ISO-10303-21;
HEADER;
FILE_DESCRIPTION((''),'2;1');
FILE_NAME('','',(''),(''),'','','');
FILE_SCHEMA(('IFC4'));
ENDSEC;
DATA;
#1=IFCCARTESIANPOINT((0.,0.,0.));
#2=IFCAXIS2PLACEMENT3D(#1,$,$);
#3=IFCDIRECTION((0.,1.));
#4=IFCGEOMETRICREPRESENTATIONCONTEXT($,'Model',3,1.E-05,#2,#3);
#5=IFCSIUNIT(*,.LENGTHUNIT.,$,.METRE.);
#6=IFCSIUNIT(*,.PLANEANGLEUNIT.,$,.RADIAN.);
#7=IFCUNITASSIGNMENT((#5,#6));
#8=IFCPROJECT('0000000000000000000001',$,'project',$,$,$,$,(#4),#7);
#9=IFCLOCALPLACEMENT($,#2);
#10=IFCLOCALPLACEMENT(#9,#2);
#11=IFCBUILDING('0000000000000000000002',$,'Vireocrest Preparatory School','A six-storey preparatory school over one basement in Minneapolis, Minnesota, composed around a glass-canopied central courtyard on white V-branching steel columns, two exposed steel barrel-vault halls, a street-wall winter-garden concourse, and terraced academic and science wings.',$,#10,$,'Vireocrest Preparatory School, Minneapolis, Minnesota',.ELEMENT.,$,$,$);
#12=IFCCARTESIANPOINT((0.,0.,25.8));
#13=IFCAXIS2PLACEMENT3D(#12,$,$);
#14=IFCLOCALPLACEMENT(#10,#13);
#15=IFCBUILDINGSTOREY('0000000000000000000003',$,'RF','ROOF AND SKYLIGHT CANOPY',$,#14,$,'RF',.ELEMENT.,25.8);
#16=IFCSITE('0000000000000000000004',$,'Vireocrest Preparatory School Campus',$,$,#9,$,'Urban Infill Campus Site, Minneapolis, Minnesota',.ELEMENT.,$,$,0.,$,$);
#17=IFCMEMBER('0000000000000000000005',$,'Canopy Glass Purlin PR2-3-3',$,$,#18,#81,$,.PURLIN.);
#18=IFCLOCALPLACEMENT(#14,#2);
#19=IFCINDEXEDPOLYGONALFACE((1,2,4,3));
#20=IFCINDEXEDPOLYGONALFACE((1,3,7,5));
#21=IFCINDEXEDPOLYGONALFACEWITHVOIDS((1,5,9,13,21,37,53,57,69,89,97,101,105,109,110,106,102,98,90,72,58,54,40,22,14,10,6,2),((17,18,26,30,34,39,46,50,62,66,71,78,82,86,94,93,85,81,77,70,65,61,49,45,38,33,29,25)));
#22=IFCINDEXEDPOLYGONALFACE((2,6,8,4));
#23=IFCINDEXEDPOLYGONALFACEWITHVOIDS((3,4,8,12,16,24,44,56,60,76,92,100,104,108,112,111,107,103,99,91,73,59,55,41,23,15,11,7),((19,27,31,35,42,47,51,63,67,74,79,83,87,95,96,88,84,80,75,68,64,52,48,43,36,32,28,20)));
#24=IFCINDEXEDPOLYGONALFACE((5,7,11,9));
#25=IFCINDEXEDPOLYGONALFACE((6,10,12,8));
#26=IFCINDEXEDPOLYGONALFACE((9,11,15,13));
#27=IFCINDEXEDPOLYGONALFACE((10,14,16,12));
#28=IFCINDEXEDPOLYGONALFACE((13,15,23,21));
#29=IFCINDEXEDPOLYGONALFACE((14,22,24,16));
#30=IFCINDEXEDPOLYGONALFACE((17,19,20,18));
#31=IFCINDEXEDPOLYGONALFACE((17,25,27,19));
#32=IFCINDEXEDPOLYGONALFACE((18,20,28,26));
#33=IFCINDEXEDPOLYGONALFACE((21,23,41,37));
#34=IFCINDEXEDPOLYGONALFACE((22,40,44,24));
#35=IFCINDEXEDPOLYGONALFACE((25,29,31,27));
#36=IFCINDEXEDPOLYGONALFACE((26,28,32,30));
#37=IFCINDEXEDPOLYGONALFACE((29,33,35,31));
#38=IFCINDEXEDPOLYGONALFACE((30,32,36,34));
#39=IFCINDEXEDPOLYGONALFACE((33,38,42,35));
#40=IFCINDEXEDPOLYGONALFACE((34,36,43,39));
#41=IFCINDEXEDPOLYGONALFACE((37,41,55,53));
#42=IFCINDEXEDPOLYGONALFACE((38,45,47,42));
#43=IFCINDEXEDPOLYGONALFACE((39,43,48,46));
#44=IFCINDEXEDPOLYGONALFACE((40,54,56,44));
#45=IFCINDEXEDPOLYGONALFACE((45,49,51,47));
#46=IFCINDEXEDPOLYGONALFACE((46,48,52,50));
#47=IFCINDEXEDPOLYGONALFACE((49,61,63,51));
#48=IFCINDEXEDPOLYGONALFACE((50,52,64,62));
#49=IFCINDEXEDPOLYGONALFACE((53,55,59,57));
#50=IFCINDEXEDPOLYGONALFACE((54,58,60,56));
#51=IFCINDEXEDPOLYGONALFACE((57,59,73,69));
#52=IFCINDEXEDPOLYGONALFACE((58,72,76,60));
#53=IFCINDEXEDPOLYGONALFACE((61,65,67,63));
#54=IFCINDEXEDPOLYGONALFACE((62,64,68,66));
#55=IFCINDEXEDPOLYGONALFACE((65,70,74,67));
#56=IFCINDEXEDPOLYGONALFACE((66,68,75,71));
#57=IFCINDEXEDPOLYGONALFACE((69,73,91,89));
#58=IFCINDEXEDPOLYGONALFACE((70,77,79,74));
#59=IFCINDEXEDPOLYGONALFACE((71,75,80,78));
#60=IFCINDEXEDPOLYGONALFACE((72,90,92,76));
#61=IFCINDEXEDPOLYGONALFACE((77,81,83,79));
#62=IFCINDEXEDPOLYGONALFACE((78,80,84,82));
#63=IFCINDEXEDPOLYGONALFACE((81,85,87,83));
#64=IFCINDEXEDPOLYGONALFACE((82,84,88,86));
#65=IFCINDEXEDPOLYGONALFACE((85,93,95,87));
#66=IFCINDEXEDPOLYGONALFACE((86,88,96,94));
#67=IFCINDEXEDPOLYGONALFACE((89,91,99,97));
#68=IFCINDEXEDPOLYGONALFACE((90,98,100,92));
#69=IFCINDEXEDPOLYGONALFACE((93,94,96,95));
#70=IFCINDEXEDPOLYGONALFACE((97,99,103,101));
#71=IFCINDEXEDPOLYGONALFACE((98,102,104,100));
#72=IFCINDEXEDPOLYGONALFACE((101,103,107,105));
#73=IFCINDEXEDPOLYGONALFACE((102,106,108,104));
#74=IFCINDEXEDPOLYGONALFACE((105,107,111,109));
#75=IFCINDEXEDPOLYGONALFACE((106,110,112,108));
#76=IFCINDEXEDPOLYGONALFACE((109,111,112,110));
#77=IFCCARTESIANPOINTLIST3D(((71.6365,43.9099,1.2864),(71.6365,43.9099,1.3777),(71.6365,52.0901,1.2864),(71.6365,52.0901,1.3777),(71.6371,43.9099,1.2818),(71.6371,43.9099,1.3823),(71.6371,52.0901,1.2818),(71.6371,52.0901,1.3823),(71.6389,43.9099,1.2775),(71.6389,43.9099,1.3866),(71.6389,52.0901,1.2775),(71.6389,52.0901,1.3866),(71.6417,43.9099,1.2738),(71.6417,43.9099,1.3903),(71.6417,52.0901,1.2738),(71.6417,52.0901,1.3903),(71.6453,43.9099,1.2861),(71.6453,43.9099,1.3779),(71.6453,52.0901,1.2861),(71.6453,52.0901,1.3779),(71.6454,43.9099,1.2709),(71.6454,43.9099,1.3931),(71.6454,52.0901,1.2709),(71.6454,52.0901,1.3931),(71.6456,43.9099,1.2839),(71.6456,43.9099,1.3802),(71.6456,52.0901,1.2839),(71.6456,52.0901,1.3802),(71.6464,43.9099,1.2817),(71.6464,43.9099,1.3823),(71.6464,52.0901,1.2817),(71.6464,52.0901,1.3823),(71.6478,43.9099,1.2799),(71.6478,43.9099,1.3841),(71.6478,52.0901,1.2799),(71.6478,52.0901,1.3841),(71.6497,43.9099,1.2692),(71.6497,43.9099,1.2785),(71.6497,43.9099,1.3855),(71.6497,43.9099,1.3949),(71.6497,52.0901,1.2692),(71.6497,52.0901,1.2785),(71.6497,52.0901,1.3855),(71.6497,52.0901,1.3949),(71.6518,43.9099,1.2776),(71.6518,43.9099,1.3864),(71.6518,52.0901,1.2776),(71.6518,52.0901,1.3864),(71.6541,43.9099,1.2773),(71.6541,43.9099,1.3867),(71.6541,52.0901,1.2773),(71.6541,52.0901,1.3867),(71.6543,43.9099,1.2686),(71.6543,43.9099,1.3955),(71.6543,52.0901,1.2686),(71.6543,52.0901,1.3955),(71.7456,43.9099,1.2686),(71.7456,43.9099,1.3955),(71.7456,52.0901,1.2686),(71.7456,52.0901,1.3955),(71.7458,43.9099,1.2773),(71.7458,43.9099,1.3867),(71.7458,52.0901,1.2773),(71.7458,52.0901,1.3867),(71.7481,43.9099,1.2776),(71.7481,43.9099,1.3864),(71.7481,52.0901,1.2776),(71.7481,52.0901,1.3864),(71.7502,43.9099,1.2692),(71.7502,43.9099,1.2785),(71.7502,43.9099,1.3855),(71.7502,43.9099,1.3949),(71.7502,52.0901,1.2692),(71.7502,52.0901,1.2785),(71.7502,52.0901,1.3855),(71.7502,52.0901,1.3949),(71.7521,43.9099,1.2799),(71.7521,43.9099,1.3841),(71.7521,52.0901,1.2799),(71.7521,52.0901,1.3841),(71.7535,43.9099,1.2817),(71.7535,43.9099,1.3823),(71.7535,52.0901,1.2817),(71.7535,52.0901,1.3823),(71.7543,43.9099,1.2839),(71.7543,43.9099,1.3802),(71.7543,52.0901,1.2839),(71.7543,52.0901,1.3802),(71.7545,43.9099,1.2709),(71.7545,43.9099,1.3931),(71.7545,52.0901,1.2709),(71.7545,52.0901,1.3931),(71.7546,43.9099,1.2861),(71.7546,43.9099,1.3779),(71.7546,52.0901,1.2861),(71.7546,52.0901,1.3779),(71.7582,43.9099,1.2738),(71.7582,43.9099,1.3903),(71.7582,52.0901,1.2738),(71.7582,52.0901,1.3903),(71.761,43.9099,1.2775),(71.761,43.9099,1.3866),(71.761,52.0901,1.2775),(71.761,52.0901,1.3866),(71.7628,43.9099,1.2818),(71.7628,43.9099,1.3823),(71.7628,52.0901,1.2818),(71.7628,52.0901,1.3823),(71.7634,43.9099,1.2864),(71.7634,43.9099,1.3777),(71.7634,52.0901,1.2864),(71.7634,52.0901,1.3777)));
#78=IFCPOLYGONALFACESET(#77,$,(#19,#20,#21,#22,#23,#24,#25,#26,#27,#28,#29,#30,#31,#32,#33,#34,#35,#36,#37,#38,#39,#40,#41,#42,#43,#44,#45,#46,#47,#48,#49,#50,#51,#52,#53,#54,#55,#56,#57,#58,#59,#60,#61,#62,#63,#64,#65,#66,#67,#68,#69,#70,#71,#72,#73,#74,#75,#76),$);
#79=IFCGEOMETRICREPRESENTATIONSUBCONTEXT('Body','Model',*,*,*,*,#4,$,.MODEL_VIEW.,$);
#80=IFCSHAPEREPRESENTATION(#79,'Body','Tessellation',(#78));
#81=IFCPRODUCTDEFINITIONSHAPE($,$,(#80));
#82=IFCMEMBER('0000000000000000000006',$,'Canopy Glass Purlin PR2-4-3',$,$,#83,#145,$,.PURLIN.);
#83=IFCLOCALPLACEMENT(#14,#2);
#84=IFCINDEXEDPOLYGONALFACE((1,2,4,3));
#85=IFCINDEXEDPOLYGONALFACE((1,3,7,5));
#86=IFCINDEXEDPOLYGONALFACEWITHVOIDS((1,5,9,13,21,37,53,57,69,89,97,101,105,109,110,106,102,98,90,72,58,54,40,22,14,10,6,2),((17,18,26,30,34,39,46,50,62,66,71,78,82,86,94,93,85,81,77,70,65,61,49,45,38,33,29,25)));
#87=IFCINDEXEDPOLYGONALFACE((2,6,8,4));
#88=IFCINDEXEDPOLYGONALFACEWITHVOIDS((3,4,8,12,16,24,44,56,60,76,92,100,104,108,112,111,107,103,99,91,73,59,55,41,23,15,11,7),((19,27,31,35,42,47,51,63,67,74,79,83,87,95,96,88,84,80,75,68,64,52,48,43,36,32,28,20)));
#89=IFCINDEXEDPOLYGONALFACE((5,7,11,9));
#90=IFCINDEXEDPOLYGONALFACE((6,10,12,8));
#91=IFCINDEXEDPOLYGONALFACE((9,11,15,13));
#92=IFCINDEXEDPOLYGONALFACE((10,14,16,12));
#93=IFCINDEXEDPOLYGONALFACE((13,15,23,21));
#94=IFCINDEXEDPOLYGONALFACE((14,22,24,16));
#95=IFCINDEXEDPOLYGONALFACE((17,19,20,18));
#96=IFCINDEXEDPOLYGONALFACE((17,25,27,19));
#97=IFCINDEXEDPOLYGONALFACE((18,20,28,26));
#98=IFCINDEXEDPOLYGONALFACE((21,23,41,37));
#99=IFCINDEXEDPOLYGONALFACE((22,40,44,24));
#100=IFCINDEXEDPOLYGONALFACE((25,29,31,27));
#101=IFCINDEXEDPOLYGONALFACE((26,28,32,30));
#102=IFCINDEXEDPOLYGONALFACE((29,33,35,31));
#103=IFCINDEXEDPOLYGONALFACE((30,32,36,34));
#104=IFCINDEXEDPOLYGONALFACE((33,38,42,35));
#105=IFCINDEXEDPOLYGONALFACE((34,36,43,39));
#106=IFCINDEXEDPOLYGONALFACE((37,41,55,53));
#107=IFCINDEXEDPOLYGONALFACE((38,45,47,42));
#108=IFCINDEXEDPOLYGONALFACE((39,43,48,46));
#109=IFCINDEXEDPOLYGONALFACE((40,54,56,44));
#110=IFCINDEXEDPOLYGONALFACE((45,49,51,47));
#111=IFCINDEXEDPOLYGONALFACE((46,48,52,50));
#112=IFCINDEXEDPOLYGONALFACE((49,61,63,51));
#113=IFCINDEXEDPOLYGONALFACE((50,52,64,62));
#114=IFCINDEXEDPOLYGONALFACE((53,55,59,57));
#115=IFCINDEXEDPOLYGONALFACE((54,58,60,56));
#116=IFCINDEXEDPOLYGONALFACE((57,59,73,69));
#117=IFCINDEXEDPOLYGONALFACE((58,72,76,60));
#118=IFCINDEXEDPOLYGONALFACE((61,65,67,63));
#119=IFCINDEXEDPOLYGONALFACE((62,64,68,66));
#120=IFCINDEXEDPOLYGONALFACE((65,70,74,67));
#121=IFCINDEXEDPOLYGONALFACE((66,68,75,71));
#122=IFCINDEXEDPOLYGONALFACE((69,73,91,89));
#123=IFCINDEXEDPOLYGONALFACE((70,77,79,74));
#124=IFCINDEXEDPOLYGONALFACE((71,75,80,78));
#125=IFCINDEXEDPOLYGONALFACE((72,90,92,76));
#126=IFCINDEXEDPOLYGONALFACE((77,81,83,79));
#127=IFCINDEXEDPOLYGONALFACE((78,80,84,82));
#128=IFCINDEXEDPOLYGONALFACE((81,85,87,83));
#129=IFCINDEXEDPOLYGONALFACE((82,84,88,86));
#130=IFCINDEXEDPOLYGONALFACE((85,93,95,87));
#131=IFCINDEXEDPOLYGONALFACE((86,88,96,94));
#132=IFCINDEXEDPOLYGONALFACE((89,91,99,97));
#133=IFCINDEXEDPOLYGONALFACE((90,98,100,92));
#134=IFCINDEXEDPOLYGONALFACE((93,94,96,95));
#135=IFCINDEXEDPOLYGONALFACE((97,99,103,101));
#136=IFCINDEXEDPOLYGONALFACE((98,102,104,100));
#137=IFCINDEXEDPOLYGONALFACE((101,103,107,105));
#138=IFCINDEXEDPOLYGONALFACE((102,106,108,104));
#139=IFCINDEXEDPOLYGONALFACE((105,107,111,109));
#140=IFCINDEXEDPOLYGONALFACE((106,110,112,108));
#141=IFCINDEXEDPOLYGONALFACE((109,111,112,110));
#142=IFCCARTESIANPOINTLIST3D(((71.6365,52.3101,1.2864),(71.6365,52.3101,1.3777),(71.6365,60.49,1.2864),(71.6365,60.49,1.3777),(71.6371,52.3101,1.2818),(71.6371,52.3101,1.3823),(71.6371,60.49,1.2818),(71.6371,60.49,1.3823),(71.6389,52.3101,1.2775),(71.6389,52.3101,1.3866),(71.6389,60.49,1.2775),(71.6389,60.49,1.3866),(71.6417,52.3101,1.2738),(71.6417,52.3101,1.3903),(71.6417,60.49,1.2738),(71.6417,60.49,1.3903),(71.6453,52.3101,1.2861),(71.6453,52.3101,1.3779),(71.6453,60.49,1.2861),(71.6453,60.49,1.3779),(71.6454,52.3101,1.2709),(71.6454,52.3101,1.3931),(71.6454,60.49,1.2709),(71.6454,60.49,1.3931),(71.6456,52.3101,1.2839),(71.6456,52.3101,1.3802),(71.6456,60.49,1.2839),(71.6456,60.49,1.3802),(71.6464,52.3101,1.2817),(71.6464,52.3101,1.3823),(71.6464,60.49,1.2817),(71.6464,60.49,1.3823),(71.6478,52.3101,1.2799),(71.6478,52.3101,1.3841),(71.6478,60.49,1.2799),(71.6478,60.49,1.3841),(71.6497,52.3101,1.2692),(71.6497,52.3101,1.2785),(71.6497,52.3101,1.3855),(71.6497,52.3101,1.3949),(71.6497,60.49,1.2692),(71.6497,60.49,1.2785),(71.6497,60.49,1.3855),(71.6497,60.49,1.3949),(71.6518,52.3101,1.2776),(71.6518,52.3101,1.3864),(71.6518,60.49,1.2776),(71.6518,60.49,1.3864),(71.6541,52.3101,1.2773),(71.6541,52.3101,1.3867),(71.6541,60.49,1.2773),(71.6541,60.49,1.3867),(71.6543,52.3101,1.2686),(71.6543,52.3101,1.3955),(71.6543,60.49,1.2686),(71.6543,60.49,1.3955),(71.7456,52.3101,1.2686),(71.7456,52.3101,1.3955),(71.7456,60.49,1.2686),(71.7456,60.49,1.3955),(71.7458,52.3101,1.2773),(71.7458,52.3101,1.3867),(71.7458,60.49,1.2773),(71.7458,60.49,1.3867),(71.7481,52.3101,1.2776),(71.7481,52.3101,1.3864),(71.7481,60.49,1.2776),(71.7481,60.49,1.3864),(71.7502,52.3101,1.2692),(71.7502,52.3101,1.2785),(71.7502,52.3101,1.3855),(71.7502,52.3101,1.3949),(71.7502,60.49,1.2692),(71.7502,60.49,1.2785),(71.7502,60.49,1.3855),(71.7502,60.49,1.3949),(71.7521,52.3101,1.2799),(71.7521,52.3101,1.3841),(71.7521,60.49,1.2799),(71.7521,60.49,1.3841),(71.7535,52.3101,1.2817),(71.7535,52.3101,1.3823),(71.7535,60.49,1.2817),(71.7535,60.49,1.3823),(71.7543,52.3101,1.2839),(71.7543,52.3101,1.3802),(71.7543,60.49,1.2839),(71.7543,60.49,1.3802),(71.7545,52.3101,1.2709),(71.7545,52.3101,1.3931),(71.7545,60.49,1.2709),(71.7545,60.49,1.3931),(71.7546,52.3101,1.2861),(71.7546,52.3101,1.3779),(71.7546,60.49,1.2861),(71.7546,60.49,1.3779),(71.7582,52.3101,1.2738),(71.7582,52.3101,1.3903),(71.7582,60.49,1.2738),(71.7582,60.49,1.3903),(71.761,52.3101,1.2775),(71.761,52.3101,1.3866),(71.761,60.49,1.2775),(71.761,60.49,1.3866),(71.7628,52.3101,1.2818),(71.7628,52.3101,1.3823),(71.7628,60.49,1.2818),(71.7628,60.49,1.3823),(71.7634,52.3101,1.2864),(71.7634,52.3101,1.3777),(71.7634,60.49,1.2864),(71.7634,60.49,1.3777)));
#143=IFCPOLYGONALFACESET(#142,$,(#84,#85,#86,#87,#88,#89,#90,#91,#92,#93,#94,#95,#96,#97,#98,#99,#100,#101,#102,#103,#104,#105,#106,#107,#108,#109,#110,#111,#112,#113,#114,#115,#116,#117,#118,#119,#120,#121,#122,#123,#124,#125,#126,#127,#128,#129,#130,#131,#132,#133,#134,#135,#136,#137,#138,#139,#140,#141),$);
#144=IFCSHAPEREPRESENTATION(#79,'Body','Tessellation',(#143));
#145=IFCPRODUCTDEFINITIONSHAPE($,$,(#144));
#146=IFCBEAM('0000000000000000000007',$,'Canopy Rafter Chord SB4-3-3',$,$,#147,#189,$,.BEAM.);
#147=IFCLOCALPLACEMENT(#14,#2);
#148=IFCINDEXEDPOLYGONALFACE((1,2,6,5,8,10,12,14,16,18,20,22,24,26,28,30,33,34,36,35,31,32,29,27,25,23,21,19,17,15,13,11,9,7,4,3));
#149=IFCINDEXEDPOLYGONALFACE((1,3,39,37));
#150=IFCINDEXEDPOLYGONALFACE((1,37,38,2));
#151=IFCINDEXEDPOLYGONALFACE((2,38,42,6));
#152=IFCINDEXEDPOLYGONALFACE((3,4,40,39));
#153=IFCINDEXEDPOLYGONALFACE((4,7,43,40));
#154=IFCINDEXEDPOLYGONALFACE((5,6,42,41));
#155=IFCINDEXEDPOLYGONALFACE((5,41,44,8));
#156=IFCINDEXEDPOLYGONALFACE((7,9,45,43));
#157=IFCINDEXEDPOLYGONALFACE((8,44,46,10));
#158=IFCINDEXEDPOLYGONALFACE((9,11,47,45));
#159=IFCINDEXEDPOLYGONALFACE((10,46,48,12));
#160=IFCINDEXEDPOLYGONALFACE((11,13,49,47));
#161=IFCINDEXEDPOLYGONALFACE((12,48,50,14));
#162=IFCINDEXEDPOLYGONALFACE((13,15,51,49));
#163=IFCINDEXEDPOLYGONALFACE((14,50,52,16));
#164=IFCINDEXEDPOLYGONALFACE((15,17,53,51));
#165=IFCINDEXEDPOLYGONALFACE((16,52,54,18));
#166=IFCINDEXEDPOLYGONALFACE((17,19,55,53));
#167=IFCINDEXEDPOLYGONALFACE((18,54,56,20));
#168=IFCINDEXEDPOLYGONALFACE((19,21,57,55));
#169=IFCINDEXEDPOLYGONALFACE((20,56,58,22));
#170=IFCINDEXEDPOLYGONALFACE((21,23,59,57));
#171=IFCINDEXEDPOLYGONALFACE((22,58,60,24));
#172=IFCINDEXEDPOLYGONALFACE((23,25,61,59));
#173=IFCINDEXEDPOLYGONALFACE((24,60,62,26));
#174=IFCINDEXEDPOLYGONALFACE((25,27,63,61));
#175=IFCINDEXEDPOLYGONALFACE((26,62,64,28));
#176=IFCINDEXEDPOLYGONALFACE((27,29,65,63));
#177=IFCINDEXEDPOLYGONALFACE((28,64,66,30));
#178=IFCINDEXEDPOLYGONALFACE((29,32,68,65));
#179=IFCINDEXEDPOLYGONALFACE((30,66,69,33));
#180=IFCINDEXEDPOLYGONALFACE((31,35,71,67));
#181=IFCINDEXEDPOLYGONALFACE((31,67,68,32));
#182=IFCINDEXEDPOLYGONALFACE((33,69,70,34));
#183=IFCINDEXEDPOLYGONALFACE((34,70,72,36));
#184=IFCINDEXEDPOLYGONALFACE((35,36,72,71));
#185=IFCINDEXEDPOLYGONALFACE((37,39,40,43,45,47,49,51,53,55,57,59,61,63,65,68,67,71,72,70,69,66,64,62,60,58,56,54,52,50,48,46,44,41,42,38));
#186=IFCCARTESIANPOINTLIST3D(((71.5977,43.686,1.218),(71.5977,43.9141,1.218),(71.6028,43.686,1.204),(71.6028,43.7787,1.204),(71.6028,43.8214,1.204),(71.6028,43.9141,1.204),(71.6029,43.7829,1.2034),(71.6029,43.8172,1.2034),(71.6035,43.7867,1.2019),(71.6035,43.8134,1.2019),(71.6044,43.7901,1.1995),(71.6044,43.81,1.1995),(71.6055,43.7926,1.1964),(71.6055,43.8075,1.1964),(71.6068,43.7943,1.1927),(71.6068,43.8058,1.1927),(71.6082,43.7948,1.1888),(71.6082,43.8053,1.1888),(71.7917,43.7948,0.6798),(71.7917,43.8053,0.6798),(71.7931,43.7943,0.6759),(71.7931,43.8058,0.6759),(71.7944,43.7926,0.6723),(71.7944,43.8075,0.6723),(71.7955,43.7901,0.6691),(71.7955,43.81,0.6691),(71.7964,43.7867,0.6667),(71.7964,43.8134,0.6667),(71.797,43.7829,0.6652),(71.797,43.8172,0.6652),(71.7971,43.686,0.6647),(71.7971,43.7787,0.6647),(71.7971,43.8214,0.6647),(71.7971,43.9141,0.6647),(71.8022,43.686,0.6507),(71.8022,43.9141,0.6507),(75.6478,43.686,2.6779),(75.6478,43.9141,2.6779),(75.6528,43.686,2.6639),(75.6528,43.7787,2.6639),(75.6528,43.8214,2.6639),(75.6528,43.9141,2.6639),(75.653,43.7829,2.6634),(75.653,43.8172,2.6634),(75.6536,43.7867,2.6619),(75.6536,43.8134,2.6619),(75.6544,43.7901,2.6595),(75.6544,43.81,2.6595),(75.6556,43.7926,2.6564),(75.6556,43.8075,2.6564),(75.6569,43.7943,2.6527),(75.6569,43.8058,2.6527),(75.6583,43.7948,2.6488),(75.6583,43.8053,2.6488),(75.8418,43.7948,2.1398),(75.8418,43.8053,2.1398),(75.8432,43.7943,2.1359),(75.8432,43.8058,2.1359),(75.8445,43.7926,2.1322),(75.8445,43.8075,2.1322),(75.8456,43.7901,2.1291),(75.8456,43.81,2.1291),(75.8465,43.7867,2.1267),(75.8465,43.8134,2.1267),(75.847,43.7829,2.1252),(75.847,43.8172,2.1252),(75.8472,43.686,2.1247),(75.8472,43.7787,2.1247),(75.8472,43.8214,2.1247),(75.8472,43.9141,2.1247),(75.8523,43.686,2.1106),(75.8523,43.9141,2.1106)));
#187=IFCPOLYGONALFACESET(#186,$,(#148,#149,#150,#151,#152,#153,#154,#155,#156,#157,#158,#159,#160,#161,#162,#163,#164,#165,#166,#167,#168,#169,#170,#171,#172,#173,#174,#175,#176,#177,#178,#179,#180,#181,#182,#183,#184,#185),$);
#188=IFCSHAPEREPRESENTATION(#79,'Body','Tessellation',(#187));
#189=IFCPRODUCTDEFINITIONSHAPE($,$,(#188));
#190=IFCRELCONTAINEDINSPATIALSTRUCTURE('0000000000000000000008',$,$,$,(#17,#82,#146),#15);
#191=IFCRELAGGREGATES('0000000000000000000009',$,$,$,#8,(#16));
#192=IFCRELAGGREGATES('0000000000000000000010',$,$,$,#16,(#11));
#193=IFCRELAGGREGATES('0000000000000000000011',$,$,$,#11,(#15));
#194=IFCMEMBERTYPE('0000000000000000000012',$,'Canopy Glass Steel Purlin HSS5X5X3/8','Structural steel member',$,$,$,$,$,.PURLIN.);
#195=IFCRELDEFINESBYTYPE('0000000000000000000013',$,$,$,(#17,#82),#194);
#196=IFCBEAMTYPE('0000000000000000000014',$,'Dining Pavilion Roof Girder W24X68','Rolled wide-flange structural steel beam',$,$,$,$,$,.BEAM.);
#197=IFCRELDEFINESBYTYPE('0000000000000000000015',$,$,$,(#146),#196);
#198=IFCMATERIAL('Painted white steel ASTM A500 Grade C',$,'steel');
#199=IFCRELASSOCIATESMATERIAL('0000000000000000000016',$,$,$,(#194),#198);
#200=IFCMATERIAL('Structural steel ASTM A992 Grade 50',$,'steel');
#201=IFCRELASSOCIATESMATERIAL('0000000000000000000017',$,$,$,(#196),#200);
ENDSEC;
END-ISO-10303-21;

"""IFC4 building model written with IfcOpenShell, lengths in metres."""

from ifc_helpers import new_model, si_unit, direction, frame, origin, origin_2d, place, context, subcontext, project, spatial, hollow_rectangle, i_section, extrude, material, material_profile, profile_set, type_object, element, save


model = new_model("IFC4")

# Units and contexts
model_context = context("Model", 3, precision=1e-05, world=origin(), true_north=direction((0.0, 1.0)))
body_context = subcontext(model_context, "Body", "Model", "MODEL_VIEW")
ifc_project = project(units=[si_unit("LENGTHUNIT", "METRE"), si_unit("PLANEANGLEUNIT", "RADIAN")], contexts=[model_context])

# Site, building, storey
site_placement = place(None, origin())
site = spatial("IfcSite", under=ifc_project, at=site_placement, Name="Vireocrest Preparatory School Campus", LongName="Urban Infill Campus Site, Minneapolis, Minnesota", CompositionType="ELEMENT", RefElevation=0.0)
building_placement = place(site_placement, origin())
building = spatial("IfcBuilding", under=site, at=building_placement, Name="Vireocrest Preparatory School", Description="A six-storey preparatory school over one basement in Minneapolis, Minnesota, composed around a glass-canopied central courtyard on white V-branching steel columns, two exposed steel barrel-vault halls, a street-wall winter-garden concourse, and terraced academic and science wings.", LongName="Vireocrest Preparatory School, Minneapolis, Minnesota", CompositionType="ELEMENT")
storey_placement = place(building_placement, frame((0.0, 0.0, 25.8)))
storey = spatial("IfcBuildingStorey", under=building, at=storey_placement, Name="RF", Description="ROOF AND SKYLIGHT CANOPY", LongName="RF", CompositionType="ELEMENT", Elevation=25.8)

# Members
ifc_material_1 = material(Name="Painted white steel ASTM A500 Grade C", Category="steel")
ifc_material_profile_1 = material_profile(ifc_material_1, hollow_rectangle(XDim=0.127, YDim=0.127, WallThickness=0.0088, InnerFilletRadius=0.0088, OuterFilletRadius=0.0178, at=origin_2d()), Name="HSS5X5X3/8")
ifc_profile_set_1 = profile_set([ifc_material_profile_1], Name="Painted white steel ASTM A500 Grade C")
member_type_1 = type_object("IfcMemberType", Name="Canopy Glass Steel Purlin HSS5X5X3/8", Description="Structural steel member", PredefinedType="PURLIN", material=ifc_profile_set_1)
member_1_placement = place(storey_placement, frame((71.7, 43.9099, 1.332), z_axis=(0.0, 1.0, 0.0), x_axis=(-1.0, 0.0, 0.0)))
element("IfcMember", 1, at=member_1_placement, inside=storey, type_object=member_type_1, Name="Canopy Glass Purlin PR2-3-3", PredefinedType="PURLIN", context=body_context, shape_type="SweptSolid", body=[
    extrude(hollow_rectangle(XDim=0.127, YDim=0.127, WallThickness=0.0088, InnerFilletRadius=0.0088, OuterFilletRadius=0.0178, at=origin_2d()), origin(), (0.0, 0.0, 1.0), 8.1802),
])
member_2_placement = place(storey_placement, frame((71.7, 52.3101, 1.332), z_axis=(0.0, 1.0, 0.0), x_axis=(-1.0, 0.0, 0.0)))
element("IfcMember", 2, at=member_2_placement, inside=storey, type_object=member_type_1, Name="Canopy Glass Purlin PR2-4-3", PredefinedType="PURLIN", context=body_context, shape_type="SweptSolid", body=[
    extrude(hollow_rectangle(XDim=0.127, YDim=0.127, WallThickness=0.0088, InnerFilletRadius=0.0088, OuterFilletRadius=0.0178, at=origin_2d()), origin(), (0.0, 0.0, 1.0), 8.1799),
])

# Beam
ifc_material_2 = material(Name="Structural steel ASTM A992 Grade 50", Category="steel")
ifc_material_profile_2 = material_profile(ifc_material_2, i_section(OverallWidth=0.228, OverallDepth=0.603, WebThickness=0.0105, FlangeThickness=0.0149, FilletRadius=0.0161, at=origin_2d()), Name="W24X68")
ifc_profile_set_2 = profile_set([ifc_material_profile_2], Name="Structural steel ASTM A992 Grade 50")
beam_type = type_object("IfcBeamType", Name="Dining Pavilion Roof Girder W24X68", Description="Rolled wide-flange structural steel beam", PredefinedType="BEAM", material=ifc_profile_set_2)
beam_1_placement = place(storey_placement, frame((71.7, 43.8, 0.9343), z_axis=(0.940743, 0.0, 0.339119), x_axis=(0.0, 1.0, 0.0)))
element("IfcBeam", 3, at=beam_1_placement, inside=storey, type_object=beam_type, Name="Canopy Rafter Chord SB4-3-3", PredefinedType="BEAM", context=body_context, shape_type="SweptSolid", body=[
    extrude(i_section(OverallWidth=0.228, OverallDepth=0.603, WebThickness=0.0105, FlangeThickness=0.0149, FilletRadius=0.0161, at=origin_2d()), origin(), (0.0, 0.0, 1.0), 4.3052),
])

save(model, "model.ifc")
